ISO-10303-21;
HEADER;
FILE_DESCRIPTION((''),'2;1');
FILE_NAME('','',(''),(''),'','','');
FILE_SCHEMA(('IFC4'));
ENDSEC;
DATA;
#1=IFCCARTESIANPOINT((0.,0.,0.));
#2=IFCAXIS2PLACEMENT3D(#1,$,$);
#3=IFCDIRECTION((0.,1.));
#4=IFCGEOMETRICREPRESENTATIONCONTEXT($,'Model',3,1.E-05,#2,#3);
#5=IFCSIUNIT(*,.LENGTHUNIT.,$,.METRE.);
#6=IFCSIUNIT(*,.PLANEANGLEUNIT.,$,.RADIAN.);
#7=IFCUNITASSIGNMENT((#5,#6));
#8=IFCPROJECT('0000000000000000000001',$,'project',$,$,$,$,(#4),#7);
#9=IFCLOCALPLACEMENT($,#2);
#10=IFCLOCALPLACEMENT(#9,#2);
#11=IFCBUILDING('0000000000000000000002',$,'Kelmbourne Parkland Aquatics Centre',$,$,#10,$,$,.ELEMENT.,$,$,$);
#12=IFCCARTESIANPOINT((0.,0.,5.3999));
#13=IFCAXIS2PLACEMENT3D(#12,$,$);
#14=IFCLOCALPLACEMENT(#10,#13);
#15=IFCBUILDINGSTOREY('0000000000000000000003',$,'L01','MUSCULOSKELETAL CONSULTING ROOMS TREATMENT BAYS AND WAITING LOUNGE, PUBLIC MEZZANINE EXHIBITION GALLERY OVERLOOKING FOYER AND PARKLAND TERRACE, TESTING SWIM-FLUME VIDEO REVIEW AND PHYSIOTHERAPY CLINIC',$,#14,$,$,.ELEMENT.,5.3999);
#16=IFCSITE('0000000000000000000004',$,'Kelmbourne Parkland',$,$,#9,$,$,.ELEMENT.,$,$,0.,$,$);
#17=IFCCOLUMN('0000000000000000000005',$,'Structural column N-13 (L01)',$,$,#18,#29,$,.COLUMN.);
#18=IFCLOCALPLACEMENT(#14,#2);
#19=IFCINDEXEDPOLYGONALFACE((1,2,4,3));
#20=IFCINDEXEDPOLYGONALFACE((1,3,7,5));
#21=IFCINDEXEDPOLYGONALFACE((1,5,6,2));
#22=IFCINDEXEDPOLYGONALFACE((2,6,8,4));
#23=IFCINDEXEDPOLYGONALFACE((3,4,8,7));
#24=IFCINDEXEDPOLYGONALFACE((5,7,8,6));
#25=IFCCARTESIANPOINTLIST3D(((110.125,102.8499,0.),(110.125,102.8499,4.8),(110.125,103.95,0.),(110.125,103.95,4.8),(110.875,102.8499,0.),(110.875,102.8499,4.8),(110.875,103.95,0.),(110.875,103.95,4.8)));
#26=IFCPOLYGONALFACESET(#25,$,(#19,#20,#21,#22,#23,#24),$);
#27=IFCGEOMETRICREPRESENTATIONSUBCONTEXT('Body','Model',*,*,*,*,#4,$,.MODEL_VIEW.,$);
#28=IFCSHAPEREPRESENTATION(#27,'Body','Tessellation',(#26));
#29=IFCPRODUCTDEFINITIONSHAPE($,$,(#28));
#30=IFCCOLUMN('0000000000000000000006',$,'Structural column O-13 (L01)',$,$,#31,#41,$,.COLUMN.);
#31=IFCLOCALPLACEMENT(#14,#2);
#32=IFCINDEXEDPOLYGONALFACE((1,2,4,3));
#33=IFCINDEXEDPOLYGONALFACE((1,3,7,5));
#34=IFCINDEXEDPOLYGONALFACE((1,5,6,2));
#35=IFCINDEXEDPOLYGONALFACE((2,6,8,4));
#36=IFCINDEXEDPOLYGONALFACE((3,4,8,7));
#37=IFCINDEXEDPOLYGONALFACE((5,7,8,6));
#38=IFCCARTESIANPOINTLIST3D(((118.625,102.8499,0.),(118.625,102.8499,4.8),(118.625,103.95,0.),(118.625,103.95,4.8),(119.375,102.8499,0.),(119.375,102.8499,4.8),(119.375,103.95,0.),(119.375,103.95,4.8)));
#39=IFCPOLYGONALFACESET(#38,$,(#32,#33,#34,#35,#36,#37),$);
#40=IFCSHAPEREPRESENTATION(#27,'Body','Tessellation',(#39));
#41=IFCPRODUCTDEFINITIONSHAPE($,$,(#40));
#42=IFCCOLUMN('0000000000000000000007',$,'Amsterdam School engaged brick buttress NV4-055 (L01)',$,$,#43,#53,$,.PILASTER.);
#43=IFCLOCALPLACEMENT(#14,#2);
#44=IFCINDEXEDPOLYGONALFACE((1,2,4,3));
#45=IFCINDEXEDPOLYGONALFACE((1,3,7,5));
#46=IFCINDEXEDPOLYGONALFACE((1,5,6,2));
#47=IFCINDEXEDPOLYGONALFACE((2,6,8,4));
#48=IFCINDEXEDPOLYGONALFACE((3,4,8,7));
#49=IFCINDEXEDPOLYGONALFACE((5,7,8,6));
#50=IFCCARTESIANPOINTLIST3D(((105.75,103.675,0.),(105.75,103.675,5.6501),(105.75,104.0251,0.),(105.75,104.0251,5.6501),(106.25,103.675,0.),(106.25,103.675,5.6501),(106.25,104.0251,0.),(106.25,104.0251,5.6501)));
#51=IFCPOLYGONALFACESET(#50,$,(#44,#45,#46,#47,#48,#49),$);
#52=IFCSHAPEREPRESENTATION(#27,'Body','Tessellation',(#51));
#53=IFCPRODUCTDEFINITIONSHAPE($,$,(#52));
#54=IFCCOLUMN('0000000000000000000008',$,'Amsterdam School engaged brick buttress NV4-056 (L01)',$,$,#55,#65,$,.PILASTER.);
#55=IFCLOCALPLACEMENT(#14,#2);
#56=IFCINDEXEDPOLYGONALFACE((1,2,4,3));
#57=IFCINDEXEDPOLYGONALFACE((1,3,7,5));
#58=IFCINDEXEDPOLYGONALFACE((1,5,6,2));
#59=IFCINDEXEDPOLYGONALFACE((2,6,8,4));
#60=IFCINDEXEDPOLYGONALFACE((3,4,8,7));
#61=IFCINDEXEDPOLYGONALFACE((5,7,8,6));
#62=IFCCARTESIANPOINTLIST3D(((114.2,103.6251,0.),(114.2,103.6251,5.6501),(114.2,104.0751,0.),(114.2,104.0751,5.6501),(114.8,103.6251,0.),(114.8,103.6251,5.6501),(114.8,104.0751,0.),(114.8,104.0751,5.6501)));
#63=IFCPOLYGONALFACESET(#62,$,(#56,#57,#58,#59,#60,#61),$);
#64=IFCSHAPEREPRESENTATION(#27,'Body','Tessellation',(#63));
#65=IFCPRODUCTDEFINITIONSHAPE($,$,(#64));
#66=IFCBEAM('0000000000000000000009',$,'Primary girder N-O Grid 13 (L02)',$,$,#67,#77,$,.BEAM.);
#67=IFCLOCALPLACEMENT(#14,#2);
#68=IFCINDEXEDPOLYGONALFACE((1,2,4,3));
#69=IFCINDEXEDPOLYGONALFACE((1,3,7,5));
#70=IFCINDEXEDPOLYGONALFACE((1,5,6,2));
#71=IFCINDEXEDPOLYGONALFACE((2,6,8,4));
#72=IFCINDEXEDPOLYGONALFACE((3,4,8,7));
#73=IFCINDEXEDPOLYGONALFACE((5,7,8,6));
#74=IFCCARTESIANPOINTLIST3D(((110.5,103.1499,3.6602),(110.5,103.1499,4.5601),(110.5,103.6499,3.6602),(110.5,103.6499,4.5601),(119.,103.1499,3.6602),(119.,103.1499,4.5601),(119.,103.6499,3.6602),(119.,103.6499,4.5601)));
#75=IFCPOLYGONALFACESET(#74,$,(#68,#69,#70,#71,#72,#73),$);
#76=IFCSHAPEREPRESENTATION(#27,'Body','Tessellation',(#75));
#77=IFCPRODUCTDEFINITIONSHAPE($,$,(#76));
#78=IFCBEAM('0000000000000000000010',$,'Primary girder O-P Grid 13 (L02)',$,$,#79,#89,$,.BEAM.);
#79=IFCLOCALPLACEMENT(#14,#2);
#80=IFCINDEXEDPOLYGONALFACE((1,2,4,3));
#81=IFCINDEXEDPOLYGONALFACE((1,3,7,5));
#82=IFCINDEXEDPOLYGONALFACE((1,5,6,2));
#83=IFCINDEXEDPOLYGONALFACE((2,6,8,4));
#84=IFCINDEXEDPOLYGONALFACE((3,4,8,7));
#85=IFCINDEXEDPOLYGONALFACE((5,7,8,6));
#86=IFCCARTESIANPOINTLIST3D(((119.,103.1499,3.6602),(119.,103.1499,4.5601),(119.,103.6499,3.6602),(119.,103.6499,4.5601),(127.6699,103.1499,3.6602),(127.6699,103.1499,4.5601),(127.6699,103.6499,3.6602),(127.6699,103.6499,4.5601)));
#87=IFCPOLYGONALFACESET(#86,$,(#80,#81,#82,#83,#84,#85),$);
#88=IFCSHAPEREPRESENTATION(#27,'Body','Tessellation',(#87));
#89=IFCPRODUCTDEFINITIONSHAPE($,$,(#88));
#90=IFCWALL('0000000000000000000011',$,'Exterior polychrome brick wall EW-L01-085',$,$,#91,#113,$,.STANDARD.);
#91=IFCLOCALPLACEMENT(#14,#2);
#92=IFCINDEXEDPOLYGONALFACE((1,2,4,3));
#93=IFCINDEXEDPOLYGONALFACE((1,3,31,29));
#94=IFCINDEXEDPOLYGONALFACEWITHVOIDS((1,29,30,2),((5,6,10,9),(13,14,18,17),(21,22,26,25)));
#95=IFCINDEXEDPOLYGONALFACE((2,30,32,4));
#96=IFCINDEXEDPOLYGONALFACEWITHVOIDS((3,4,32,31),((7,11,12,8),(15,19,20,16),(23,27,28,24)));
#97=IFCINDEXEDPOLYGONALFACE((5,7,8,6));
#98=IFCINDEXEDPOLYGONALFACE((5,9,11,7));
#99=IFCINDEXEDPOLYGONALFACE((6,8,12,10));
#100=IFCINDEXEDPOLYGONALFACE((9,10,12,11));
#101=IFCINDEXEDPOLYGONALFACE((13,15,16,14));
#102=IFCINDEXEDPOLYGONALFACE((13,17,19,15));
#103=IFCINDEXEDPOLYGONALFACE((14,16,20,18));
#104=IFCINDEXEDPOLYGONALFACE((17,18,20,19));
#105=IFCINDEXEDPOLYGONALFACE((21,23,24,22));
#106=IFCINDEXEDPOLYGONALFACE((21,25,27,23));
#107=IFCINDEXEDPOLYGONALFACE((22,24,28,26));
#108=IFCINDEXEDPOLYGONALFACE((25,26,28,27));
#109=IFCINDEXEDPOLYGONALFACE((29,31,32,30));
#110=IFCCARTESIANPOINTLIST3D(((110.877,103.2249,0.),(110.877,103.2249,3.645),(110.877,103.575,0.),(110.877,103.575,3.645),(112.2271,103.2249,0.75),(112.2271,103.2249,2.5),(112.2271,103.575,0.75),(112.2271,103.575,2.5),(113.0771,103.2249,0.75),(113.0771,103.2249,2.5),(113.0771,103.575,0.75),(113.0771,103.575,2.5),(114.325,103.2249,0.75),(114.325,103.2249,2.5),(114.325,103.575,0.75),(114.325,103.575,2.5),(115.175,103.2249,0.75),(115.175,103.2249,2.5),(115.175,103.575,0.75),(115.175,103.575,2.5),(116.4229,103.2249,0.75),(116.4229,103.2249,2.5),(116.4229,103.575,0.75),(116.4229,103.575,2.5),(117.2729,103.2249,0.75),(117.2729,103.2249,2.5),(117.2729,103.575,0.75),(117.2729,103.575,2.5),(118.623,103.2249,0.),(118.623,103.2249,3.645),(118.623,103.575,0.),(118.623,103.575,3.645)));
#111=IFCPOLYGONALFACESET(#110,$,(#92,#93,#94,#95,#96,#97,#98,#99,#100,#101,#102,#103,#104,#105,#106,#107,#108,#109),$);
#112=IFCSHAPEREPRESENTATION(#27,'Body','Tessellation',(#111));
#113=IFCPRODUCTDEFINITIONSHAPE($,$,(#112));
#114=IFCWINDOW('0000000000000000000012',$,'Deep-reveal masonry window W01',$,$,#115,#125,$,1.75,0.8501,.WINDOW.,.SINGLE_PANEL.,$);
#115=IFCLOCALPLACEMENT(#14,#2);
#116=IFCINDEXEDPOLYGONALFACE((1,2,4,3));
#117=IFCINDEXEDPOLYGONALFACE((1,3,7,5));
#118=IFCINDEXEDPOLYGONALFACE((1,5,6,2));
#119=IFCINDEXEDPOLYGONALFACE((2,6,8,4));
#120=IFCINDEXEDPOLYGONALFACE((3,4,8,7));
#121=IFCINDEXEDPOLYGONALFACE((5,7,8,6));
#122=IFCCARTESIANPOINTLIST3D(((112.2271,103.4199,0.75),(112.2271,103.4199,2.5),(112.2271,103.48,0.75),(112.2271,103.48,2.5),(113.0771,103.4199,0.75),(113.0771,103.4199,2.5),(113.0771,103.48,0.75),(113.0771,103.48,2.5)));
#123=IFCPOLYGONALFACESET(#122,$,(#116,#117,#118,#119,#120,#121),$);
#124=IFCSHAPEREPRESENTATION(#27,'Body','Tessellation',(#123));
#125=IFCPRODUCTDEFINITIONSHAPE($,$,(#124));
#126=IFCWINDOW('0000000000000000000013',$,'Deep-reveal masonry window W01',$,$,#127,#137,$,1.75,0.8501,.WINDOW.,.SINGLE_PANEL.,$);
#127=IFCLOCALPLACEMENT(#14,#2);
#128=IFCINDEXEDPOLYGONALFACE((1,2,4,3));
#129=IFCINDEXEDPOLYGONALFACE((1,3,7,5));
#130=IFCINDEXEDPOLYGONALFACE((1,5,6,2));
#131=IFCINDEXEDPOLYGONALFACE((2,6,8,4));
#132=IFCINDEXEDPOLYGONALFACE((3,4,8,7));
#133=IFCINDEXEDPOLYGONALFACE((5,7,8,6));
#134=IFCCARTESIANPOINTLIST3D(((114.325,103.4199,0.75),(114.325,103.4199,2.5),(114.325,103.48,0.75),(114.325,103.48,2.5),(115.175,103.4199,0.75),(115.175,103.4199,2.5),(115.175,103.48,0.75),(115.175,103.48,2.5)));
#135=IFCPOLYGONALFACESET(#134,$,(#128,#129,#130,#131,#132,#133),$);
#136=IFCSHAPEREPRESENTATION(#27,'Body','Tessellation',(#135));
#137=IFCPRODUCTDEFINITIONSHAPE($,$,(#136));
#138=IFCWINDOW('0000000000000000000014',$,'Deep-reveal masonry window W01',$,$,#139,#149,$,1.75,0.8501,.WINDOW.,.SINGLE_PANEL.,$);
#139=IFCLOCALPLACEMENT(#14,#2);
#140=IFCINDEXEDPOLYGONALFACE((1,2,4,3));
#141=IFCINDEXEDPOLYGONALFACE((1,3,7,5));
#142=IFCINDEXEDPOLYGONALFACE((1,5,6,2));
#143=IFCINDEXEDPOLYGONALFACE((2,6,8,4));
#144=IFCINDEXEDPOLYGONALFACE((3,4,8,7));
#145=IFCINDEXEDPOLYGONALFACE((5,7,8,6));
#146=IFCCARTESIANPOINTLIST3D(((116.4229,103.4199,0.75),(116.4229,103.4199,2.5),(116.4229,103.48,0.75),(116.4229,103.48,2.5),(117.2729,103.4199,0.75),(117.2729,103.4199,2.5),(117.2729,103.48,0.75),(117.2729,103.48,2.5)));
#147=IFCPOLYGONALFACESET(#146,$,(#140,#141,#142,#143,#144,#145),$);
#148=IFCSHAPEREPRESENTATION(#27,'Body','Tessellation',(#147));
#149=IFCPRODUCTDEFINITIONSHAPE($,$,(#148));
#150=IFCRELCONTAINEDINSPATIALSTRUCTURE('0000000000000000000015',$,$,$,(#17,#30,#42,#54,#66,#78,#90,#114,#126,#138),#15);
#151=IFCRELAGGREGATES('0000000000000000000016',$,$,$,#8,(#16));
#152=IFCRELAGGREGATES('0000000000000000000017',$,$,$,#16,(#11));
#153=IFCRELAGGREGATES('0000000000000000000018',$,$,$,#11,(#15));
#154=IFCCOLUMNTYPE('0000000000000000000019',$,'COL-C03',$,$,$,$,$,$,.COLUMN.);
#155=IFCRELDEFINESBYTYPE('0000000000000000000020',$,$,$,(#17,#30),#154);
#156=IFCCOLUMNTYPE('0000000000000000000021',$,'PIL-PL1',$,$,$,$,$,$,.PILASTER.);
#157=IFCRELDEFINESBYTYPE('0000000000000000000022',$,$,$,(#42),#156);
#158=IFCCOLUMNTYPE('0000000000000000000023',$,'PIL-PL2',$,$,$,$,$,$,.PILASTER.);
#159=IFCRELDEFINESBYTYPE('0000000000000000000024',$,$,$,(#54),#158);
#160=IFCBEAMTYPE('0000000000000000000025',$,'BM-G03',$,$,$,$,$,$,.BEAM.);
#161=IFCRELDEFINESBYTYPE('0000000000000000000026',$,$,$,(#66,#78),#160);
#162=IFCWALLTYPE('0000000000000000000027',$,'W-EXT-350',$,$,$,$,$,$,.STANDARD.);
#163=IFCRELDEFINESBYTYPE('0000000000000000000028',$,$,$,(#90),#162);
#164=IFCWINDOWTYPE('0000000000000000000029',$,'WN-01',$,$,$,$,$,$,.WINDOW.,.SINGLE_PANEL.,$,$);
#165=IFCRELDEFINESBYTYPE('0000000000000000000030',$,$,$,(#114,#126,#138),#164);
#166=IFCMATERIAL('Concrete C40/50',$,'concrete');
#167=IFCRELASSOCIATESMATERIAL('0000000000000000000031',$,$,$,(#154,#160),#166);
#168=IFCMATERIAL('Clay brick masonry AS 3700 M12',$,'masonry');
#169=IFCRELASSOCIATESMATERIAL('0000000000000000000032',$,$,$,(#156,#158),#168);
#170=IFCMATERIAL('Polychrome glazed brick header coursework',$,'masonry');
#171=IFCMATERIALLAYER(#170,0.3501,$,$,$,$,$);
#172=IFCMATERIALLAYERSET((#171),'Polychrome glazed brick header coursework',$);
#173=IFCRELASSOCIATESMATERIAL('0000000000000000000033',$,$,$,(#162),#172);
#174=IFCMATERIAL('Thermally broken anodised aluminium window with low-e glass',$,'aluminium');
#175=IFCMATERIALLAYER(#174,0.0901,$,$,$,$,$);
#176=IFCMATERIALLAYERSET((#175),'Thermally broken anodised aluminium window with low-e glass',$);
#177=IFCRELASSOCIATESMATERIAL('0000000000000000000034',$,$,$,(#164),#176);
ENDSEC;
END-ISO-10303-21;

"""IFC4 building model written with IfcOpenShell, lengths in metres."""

from ifc_helpers import new_model, si_unit, direction, frame, frame_2d, origin, origin_2d, place, context, subcontext, project, spatial, rectangle, extrude, material, layer, layer_set, material_profile, profile_set, type_object, element, fill, save


model = new_model("IFC4")

# Units and contexts
model_context = context("Model", 3, precision=1e-05, world=origin(), true_north=direction((0.0, 1.0)))
body_context = subcontext(model_context, "Body", "Model", "MODEL_VIEW")
ifc_project = project(units=[si_unit("LENGTHUNIT", "METRE"), si_unit("PLANEANGLEUNIT", "RADIAN")], contexts=[model_context])

# Site, building, storey
site_placement = place(None, origin())
site = spatial("IfcSite", under=ifc_project, at=site_placement, Name="Kelmbourne Parkland", CompositionType="ELEMENT", RefElevation=0.0)
building_placement = place(site_placement, origin())
building = spatial("IfcBuilding", under=site, at=building_placement, Name="Kelmbourne Parkland Aquatics Centre", CompositionType="ELEMENT")
storey_placement = place(building_placement, frame((0.0, 0.0, 5.3999)))
storey = spatial("IfcBuildingStorey", under=building, at=storey_placement, Name="L01", Description="MUSCULOSKELETAL CONSULTING ROOMS TREATMENT BAYS AND WAITING LOUNGE, PUBLIC MEZZANINE EXHIBITION GALLERY OVERLOOKING FOYER AND PARKLAND TERRACE, TESTING SWIM-FLUME VIDEO REVIEW AND PHYSIOTHERAPY CLINIC", CompositionType="ELEMENT", Elevation=5.3999)

# Columns
ifc_material_1 = material(Name="Concrete C40/50", Category="concrete")
ifc_material_profile_1 = material_profile(ifc_material_1, rectangle(XDim=0.75, YDim=1.1001, at=origin_2d()), Name="RC 750x1100")
ifc_profile_set_1 = profile_set([ifc_material_profile_1], Name="Concrete C40/50")
column_type_1 = type_object("IfcColumnType", Name="COL-C03", PredefinedType="COLUMN", material=ifc_profile_set_1)
for number, where, z_axis, x_axis, name in (
    (1, (110.5, 103.3999, 0.0), (0.0, 0.0, 1.0), (1.0, 0.0, 0.0), "Structural column N-13 (L01)"),
    (2, (119.0, 103.3999, 0.0), (0.0, 0.0, 1.0), (1.0, 0.0, 0.0), "Structural column O-13 (L01)"),
):
    element("IfcColumn", number, at=place(storey_placement, frame(where, z_axis=z_axis, x_axis=x_axis)), inside=storey, type_object=column_type_1, Name=name, PredefinedType="COLUMN", context=body_context, shape_type="SweptSolid", body=[
        extrude(rectangle(XDim=0.75, YDim=1.1001, at=origin_2d()), origin(), (0.0, 0.0, 1.0), 4.8),
    ])
ifc_material_2 = material(Name="Clay brick masonry AS 3700 M12", Category="masonry")
ifc_material_profile_2 = material_profile(ifc_material_2, rectangle(XDim=0.3501, YDim=0.5, at=origin_2d()), Name="PIL 350x500")
ifc_profile_set_2 = profile_set([ifc_material_profile_2], Name="Clay brick masonry AS 3700 M12")
column_type_2 = type_object("IfcColumnType", Name="PIL-PL1", PredefinedType="PILASTER", material=ifc_profile_set_2)
column_1_placement = place(storey_placement, frame((106.0, 103.8501, 0.0), z_axis=(0.0, 0.0, 1.0), x_axis=(0.0, 1.0, 0.0)))
element("IfcColumn", 3, at=column_1_placement, inside=storey, type_object=column_type_2, Name="Amsterdam School engaged brick buttress NV4-055 (L01)", PredefinedType="PILASTER", context=body_context, shape_type="SweptSolid", body=[
    extrude(rectangle(XDim=0.3501, YDim=0.5, at=origin_2d()), origin(), (0.0, 0.0, 1.0), 5.6501),
])
ifc_material_profile_3 = material_profile(ifc_material_2, rectangle(XDim=0.45, YDim=0.6001, at=origin_2d()), Name="PIL 450x600")
ifc_profile_set_3 = profile_set([ifc_material_profile_3], Name="Clay brick masonry AS 3700 M12")
column_type_3 = type_object("IfcColumnType", Name="PIL-PL2", PredefinedType="PILASTER", material=ifc_profile_set_3)
column_2_placement = place(storey_placement, frame((114.5, 103.8501, 0.0), z_axis=(0.0, 0.0, 1.0), x_axis=(0.0, 1.0, 0.0)))
element("IfcColumn", 4, at=column_2_placement, inside=storey, type_object=column_type_3, Name="Amsterdam School engaged brick buttress NV4-056 (L01)", PredefinedType="PILASTER", context=body_context, shape_type="SweptSolid", body=[
    extrude(rectangle(XDim=0.45, YDim=0.6001, at=origin_2d()), origin(), (0.0, 0.0, 1.0), 5.6501),
])

# Beams
ifc_material_profile_4 = material_profile(ifc_material_1, rectangle(XDim=0.5, YDim=0.8999, at=origin_2d()), Name="RC 500x900")
ifc_profile_set_4 = profile_set([ifc_material_profile_4], Name="Concrete C40/50")
beam_type = type_object("IfcBeamType", Name="BM-G03", PredefinedType="BEAM", material=ifc_profile_set_4)
beam_1_placement = place(storey_placement, frame((110.5, 103.3999, 4.1101), z_axis=(1.0, 0.0, 0.0), x_axis=(0.0, 1.0, 0.0)))
element("IfcBeam", 5, at=beam_1_placement, inside=storey, type_object=beam_type, Name="Primary girder N-O Grid 13 (L02)", PredefinedType="BEAM", context=body_context, shape_type="SweptSolid", body=[
    extrude(rectangle(XDim=0.5, YDim=0.8999, at=origin_2d()), origin(), (0.0, 0.0, 1.0), 8.5),
])
beam_2_placement = place(storey_placement, frame((119.0, 103.3999, 4.1101), z_axis=(1.0, 0.0, 0.0), x_axis=(0.0, 1.0, 0.0)))
element("IfcBeam", 6, at=beam_2_placement, inside=storey, type_object=beam_type, Name="Primary girder O-P Grid 13 (L02)", PredefinedType="BEAM", context=body_context, shape_type="SweptSolid", body=[
    extrude(rectangle(XDim=0.5, YDim=0.8999, at=origin_2d()), origin(), (0.0, 0.0, 1.0), 8.6699),
])

# Wall, openings, windows
ifc_material_3 = material(Name="Polychrome glazed brick header coursework", Category="masonry")
ifc_layer_1 = layer(ifc_material_3, 0.3501)
ifc_layer_set_1 = layer_set([ifc_layer_1], Name="Polychrome glazed brick header coursework")
wall_type_1 = type_object("IfcWallType", Name="W-EXT-350", PredefinedType="STANDARD", material=ifc_layer_set_1)
wall_1_placement = place(storey_placement, frame((110.877, 103.3999, 0.0), z_axis=(0.0, 0.0, 1.0), x_axis=(1.0, 0.0, 0.0)))
wall_1 = element("IfcWall", 7, at=wall_1_placement, inside=storey, type_object=wall_type_1, Name="Exterior polychrome brick wall EW-L01-085", PredefinedType="STANDARD", context=body_context, shape_type="SweptSolid", body=[
    extrude(rectangle(XDim=7.7461, YDim=0.3501, at=frame_2d((3.873, 0.0))), origin(), (0.0, 0.0, 1.0), 3.645),
])
opening_1_placement = place(wall_1_placement, frame((1.3501, 0.0, 0.75)))
opening_1 = element("IfcOpeningElement", 8, at=opening_1_placement, cuts=wall_1, PredefinedType="OPENING", context=body_context, shape_type="SweptSolid", body=[
    extrude(rectangle(XDim=0.8501, YDim=1.75, at=frame_2d((0.425, 0.875))), frame((0.0, 0.187, 0.0), z_axis=(0.0, -1.0, 0.0), x_axis=(1.0, 0.0, 0.0)), (0.0, 0.0, 1.0), 0.374),
])
opening_2_placement = place(wall_1_placement, frame((3.448, 0.0, 0.75)))
opening_2 = element("IfcOpeningElement", 9, at=opening_2_placement, cuts=wall_1, PredefinedType="OPENING", context=body_context, shape_type="SweptSolid", body=[
    extrude(rectangle(XDim=0.8501, YDim=1.75, at=frame_2d((0.425, 0.875))), frame((0.0, 0.187, 0.0), z_axis=(0.0, -1.0, 0.0), x_axis=(1.0, 0.0, 0.0)), (0.0, 0.0, 1.0), 0.374),
])
opening_3_placement = place(wall_1_placement, frame((5.5459, 0.0, 0.75)))
opening_3 = element("IfcOpeningElement", 10, at=opening_3_placement, cuts=wall_1, PredefinedType="OPENING", context=body_context, shape_type="SweptSolid", body=[
    extrude(rectangle(XDim=0.8501, YDim=1.75, at=frame_2d((0.425, 0.875))), frame((0.0, 0.187, 0.0), z_axis=(0.0, -1.0, 0.0), x_axis=(1.0, 0.0, 0.0)), (0.0, 0.0, 1.0), 0.374),
])
ifc_material_4 = material(Name="Thermally broken anodised aluminium window with low-e glass", Category="aluminium")
ifc_layer_2 = layer(ifc_material_4, 0.0901)
ifc_layer_set_2 = layer_set([ifc_layer_2], Name="Thermally broken anodised aluminium window with low-e glass")
window_type_1 = type_object("IfcWindowType", Name="WN-01", PartitioningType="SINGLE_PANEL", PredefinedType="WINDOW", material=ifc_layer_set_2)
window_1_placement = place(opening_1_placement, origin())
window_1 = element("IfcWindow", 11, at=window_1_placement, inside=storey, type_object=window_type_1, Name="Deep-reveal masonry window W01", OverallHeight=1.75, OverallWidth=0.8501, PartitioningType="SINGLE_PANEL", PredefinedType="WINDOW", context=body_context, shape_type="SweptSolid", body=[
    extrude(rectangle(XDim=0.8501, YDim=1.75, at=frame_2d((0.425, 0.875))), frame((0.0, 0.0801, 0.0), z_axis=(0.0, -1.0, 0.0), x_axis=(1.0, 0.0, 0.0)), (0.0, 0.0, 1.0), 0.0601),
])
fill(opening_1, window_1)
window_2_placement = place(opening_2_placement, origin())
window_2 = element("IfcWindow", 12, at=window_2_placement, inside=storey, type_object=window_type_1, Name="Deep-reveal masonry window W01", OverallHeight=1.75, OverallWidth=0.8501, PartitioningType="SINGLE_PANEL", PredefinedType="WINDOW", context=body_context, shape_type="SweptSolid", body=[
    extrude(rectangle(XDim=0.8501, YDim=1.75, at=frame_2d((0.425, 0.875))), frame((0.0, 0.0801, 0.0), z_axis=(0.0, -1.0, 0.0), x_axis=(1.0, 0.0, 0.0)), (0.0, 0.0, 1.0), 0.0601),
])
fill(opening_2, window_2)
window_3_placement = place(opening_3_placement, origin())
window_3 = element("IfcWindow", 13, at=window_3_placement, inside=storey, type_object=window_type_1, Name="Deep-reveal masonry window W01", OverallHeight=1.75, OverallWidth=0.8501, PartitioningType="SINGLE_PANEL", PredefinedType="WINDOW", context=body_context, shape_type="SweptSolid", body=[
    extrude(rectangle(XDim=0.8501, YDim=1.75, at=frame_2d((0.425, 0.875))), frame((0.0, 0.0801, 0.0), z_axis=(0.0, -1.0, 0.0), x_axis=(1.0, 0.0, 0.0)), (0.0, 0.0, 1.0), 0.0601),
])
fill(opening_3, window_3)

save(model, "model.ifc")
